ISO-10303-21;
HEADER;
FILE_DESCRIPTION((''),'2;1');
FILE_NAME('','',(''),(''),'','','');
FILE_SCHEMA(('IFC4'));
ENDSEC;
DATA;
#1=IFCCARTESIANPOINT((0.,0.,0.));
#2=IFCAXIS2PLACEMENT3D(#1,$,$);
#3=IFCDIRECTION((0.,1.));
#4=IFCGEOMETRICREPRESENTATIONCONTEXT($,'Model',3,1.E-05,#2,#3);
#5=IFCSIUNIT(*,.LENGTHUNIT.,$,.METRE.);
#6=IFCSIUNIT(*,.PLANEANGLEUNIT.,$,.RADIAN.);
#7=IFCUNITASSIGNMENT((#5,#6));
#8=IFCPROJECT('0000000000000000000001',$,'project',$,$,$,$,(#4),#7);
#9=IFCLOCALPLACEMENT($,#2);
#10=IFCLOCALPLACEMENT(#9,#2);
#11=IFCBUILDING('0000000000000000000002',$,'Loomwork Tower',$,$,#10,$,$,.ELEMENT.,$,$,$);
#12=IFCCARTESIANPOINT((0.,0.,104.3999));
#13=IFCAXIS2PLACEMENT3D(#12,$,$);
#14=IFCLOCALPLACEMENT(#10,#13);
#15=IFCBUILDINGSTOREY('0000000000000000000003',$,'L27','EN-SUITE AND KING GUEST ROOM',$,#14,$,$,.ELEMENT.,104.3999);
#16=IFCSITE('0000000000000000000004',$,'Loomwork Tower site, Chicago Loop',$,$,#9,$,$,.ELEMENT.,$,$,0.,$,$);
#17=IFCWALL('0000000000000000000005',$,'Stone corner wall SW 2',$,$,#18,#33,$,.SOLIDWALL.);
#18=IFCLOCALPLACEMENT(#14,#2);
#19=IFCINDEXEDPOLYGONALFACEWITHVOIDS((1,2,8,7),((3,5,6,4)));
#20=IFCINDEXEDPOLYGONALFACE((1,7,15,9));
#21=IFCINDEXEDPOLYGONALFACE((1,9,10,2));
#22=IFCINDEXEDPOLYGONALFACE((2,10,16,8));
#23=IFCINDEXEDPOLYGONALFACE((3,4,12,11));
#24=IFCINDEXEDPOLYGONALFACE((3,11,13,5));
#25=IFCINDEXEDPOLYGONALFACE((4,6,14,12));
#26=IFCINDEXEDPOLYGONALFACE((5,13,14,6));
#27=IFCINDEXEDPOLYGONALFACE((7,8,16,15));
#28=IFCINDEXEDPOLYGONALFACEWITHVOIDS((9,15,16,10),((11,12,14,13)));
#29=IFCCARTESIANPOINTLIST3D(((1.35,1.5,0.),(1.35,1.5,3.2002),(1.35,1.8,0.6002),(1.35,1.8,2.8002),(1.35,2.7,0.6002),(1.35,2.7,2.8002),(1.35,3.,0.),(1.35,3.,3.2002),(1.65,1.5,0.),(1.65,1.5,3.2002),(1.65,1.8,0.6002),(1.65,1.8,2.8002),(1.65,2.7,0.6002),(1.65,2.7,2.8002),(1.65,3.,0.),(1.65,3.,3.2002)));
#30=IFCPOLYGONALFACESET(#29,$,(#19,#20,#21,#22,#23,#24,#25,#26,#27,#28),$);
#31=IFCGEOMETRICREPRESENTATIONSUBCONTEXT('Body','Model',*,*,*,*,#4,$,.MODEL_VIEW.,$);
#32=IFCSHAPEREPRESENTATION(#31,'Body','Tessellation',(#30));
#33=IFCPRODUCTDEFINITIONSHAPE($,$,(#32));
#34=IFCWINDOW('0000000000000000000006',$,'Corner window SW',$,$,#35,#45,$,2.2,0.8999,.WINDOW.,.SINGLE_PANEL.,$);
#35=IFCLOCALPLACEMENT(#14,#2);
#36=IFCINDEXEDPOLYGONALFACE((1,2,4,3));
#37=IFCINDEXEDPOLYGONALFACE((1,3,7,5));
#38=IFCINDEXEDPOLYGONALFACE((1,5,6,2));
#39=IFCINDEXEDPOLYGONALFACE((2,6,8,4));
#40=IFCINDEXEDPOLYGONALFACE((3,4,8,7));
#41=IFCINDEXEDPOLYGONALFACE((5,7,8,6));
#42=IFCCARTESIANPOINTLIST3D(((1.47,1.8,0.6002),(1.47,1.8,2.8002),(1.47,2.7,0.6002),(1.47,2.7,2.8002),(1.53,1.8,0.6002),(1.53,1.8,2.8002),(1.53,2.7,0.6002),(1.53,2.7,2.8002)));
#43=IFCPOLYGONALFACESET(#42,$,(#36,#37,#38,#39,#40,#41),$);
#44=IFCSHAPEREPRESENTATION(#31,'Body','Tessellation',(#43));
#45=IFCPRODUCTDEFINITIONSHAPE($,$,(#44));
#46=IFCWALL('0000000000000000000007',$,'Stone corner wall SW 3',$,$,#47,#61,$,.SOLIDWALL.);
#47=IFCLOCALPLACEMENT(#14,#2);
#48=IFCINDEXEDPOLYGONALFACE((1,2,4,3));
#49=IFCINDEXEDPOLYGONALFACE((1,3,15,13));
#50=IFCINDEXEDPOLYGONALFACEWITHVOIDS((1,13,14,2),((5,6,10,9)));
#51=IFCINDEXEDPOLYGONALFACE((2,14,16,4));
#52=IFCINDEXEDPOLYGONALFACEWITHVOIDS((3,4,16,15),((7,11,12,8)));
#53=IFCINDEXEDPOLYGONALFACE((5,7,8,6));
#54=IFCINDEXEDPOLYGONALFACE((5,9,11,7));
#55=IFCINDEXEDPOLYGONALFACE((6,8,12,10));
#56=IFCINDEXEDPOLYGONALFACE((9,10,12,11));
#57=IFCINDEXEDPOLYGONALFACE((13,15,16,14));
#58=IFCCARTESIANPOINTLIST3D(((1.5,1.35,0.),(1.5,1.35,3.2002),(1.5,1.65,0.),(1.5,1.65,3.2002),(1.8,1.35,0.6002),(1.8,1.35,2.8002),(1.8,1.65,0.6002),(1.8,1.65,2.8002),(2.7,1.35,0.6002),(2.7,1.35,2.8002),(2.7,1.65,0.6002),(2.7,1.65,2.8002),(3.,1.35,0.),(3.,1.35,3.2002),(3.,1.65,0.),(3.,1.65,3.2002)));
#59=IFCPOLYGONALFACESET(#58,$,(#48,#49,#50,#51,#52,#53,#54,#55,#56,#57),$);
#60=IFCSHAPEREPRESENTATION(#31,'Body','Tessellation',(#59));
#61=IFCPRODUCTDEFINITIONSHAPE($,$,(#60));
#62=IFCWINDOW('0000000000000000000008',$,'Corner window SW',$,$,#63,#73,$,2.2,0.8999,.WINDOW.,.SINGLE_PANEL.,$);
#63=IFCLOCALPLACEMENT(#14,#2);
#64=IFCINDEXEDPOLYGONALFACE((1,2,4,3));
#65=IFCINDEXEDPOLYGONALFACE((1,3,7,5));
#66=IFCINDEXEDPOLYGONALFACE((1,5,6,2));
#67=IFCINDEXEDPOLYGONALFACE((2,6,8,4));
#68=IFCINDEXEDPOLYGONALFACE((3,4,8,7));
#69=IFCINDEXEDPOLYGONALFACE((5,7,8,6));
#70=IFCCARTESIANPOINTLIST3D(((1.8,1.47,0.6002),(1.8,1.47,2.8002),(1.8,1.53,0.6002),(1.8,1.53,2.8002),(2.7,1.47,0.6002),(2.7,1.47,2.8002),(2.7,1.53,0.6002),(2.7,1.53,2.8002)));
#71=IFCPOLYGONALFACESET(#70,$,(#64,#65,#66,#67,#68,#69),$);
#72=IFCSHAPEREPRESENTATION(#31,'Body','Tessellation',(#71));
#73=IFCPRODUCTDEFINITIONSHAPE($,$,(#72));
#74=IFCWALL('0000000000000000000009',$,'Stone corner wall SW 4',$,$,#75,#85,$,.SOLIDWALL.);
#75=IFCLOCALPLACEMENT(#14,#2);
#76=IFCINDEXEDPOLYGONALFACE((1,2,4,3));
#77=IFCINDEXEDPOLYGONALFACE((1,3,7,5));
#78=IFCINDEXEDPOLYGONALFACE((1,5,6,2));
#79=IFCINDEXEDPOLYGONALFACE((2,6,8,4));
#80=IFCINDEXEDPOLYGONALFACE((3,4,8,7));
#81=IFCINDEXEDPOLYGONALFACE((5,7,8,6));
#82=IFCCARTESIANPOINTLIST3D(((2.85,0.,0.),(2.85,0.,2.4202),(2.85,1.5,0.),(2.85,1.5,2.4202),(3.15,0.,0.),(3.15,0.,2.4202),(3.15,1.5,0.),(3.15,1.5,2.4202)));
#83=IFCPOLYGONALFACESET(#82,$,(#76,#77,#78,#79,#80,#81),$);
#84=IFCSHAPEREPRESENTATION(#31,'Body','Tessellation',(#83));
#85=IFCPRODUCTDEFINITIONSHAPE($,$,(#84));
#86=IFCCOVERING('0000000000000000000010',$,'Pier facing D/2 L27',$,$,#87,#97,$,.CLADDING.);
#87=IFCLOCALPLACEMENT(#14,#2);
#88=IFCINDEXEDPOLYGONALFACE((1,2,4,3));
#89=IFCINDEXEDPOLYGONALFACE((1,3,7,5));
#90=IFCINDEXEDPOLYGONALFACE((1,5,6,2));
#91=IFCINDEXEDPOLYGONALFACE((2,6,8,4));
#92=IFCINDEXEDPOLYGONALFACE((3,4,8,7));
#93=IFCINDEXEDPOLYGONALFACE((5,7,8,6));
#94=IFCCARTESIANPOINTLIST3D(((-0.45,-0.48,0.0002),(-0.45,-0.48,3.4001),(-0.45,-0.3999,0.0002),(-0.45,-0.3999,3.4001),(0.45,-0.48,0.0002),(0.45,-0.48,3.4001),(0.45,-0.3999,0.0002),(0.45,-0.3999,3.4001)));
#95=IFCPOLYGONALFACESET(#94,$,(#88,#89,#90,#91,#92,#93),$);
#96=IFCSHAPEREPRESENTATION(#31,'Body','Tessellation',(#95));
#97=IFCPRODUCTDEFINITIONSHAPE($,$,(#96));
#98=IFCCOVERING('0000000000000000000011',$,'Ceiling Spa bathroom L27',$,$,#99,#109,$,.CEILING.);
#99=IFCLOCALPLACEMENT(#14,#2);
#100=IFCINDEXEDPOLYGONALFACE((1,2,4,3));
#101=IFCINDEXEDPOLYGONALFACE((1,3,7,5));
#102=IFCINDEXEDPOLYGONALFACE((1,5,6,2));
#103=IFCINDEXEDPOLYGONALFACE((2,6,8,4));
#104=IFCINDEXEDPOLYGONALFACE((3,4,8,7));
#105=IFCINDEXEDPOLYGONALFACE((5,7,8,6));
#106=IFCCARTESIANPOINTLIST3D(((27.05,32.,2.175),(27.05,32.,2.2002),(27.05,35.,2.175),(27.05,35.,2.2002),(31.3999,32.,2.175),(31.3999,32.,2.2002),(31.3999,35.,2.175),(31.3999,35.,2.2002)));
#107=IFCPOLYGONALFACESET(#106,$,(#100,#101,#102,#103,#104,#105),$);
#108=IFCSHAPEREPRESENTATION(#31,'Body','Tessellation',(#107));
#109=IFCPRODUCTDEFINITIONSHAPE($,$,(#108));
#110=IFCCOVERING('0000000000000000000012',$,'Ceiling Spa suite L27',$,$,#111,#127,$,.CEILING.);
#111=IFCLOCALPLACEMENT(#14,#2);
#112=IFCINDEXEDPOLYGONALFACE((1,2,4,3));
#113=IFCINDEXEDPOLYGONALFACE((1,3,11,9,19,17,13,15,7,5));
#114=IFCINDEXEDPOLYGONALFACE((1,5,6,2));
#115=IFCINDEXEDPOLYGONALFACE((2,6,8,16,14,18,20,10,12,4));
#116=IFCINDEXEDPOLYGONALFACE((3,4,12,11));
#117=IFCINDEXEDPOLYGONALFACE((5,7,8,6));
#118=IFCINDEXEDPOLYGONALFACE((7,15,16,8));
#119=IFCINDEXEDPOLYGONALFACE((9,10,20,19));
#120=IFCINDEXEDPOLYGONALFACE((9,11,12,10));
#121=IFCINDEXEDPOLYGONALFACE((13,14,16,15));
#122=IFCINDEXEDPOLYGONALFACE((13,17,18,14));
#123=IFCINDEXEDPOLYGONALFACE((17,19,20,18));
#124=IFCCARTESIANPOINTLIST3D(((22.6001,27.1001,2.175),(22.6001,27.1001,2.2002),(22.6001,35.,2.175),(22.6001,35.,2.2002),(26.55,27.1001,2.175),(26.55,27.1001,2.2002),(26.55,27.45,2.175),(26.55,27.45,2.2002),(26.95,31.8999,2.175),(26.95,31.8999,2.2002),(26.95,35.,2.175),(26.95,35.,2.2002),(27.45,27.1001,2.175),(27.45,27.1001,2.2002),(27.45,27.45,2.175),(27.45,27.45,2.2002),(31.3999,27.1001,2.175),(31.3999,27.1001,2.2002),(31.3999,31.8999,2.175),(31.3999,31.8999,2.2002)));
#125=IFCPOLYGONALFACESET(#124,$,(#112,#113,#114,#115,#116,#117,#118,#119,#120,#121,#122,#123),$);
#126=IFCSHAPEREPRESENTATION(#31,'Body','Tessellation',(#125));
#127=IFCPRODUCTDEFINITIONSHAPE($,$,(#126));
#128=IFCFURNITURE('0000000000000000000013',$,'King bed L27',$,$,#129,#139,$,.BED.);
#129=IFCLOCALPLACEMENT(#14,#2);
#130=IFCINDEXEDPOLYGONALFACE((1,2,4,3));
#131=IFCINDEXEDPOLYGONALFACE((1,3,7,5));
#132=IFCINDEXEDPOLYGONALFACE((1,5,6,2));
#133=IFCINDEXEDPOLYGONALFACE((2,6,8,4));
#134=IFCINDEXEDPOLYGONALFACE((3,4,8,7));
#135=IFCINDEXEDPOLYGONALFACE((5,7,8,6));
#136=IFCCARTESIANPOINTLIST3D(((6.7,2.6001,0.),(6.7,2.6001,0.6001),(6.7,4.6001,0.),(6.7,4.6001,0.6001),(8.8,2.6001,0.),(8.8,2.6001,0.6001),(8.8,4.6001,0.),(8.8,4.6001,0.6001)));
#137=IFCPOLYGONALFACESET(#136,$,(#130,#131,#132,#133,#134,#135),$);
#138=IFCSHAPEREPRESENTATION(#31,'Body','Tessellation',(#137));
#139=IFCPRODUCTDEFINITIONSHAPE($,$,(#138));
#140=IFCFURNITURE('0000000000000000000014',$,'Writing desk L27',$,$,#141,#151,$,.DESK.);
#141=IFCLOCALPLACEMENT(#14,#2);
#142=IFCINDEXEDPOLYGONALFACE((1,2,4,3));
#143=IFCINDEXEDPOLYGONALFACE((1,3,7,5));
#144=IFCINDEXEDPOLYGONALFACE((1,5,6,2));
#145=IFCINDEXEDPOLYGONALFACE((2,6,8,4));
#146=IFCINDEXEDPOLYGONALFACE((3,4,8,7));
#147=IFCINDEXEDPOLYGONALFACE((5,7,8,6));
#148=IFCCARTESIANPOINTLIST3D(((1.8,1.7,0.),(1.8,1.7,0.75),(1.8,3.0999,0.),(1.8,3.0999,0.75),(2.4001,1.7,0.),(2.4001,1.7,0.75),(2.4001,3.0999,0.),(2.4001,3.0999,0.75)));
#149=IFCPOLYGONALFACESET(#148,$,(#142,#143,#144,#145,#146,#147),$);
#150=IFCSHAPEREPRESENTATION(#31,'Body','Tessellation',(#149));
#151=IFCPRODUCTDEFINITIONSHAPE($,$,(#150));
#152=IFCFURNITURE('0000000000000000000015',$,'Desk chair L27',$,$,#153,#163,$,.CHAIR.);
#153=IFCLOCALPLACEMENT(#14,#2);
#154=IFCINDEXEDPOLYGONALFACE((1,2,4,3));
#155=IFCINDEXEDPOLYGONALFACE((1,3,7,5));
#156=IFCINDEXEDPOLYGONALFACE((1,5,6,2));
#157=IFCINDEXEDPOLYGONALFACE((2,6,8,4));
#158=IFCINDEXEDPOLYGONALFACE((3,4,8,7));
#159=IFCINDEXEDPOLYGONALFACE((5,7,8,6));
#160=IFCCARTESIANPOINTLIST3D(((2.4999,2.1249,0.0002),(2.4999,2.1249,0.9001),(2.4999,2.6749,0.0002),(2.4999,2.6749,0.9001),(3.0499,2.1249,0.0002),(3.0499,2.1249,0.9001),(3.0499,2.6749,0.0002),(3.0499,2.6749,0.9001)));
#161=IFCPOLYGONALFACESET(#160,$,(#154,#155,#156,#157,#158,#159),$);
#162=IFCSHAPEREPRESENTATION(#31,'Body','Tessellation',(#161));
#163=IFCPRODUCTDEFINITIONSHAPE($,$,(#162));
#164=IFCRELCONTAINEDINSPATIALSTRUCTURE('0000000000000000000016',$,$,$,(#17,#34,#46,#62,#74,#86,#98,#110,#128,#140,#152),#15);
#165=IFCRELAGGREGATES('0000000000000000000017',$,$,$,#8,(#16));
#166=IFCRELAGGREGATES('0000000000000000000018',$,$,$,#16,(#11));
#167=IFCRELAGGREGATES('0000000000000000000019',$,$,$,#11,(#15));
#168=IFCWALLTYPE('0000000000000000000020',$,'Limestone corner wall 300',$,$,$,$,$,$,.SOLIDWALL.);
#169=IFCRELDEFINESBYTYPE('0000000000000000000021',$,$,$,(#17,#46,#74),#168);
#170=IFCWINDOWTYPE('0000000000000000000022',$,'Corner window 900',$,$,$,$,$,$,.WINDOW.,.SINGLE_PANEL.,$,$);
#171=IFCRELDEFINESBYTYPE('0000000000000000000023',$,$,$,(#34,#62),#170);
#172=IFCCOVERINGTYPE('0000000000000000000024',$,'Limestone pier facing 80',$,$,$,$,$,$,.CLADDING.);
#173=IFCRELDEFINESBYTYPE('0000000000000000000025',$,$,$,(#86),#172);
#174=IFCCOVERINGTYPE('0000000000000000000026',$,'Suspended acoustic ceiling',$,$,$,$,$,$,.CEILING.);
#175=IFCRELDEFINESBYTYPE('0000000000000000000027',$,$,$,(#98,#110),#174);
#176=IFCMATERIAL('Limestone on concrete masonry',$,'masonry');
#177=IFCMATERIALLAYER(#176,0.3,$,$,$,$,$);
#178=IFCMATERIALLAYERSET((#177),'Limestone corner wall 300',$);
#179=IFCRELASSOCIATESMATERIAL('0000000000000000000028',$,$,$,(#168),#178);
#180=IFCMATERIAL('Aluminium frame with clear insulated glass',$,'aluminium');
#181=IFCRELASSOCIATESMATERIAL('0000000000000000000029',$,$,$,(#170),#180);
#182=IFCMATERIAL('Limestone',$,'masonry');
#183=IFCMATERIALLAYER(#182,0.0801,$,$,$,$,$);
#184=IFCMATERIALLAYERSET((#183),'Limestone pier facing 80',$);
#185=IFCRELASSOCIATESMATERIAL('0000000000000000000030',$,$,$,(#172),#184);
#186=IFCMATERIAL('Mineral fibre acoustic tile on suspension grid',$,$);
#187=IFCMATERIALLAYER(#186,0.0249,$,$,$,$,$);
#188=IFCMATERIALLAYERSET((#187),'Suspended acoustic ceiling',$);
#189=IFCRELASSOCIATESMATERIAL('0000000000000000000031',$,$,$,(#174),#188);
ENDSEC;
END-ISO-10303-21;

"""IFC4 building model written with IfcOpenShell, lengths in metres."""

from ifc_helpers import new_model, si_unit, direction, frame, frame_2d, origin, origin_2d, place, context, subcontext, project, spatial, polyline, rectangle, outline, extrude, material, layer, layer_set, type_object, element, fill, save


model = new_model("IFC4")

# Units and contexts
model_context = context("Model", 3, precision=1e-05, world=origin(), true_north=direction((0.0, 1.0)))
body_context = subcontext(model_context, "Body", "Model", "MODEL_VIEW")
ifc_project = project(units=[si_unit("LENGTHUNIT", "METRE"), si_unit("PLANEANGLEUNIT", "RADIAN")], contexts=[model_context])

# Site, building, storey
site_placement = place(None, origin())
site = spatial("IfcSite", under=ifc_project, at=site_placement, Name="Loomwork Tower site, Chicago Loop", CompositionType="ELEMENT", RefElevation=0.0)
building_placement = place(site_placement, origin())
building = spatial("IfcBuilding", under=site, at=building_placement, Name="Loomwork Tower", CompositionType="ELEMENT")
storey_placement = place(building_placement, frame((0.0, 0.0, 104.3999)))
storey = spatial("IfcBuildingStorey", under=building, at=storey_placement, Name="L27", Description="EN-SUITE AND KING GUEST ROOM", CompositionType="ELEMENT", Elevation=104.3999)

# Shared definitions
ifc_material_1 = material(Name="Limestone on concrete masonry", Category="masonry")
ifc_layer_1 = layer(ifc_material_1, 0.3)
ifc_layer_set_1 = layer_set([ifc_layer_1], Name="Limestone corner wall 300")
wall_type_1 = type_object("IfcWallType", Name="Limestone corner wall 300", PredefinedType="SOLIDWALL", material=ifc_layer_set_1)

# Walls, openings, windows
wall_1_placement = place(storey_placement, frame((1.5, 3.0, 0.0), z_axis=(0.0, 0.0, 1.0), x_axis=(0.0, -1.0, 0.0)))
wall_1 = element("IfcWall", 1, at=wall_1_placement, inside=storey, type_object=wall_type_1, Name="Stone corner wall SW 2", PredefinedType="SOLIDWALL", context=body_context, shape_type="SweptSolid", body=[
    extrude(rectangle(XDim=1.5, YDim=0.3, at=frame_2d((0.75, 0.0))), origin(), (0.0, 0.0, 1.0), 3.2002),
])
opening_1_placement = place(wall_1_placement, frame((0.3, 0.0, 0.6001)))
opening_1 = element("IfcOpeningElement", 2, at=opening_1_placement, cuts=wall_1, PredefinedType="OPENING", context=body_context, shape_type="SweptSolid", body=[
    extrude(rectangle(XDim=0.8999, YDim=2.2, at=frame_2d((0.45, 1.1001))), frame((0.0, 0.1599, 0.0), z_axis=(0.0, -1.0, 0.0), x_axis=(1.0, 0.0, 0.0)), (0.0, 0.0, 1.0), 0.3201),
])
ifc_material_2 = material(Name="Aluminium frame with clear insulated glass", Category="aluminium")
window_type_1 = type_object("IfcWindowType", Name="Corner window 900", PartitioningType="SINGLE_PANEL", PredefinedType="WINDOW", material=ifc_material_2)
window_1_placement = place(opening_1_placement, origin())
window_1 = element("IfcWindow", 3, at=window_1_placement, inside=storey, type_object=window_type_1, Name="Corner window SW", OverallHeight=2.2, OverallWidth=0.8999, PartitioningType="SINGLE_PANEL", PredefinedType="WINDOW", context=body_context, shape_type="SweptSolid", body=[
    extrude(rectangle(XDim=0.8999, YDim=2.2, at=frame_2d((0.45, 1.1001))), frame((0.0, 0.03, 0.0), z_axis=(0.0, -1.0, 0.0), x_axis=(1.0, 0.0, 0.0)), (0.0, 0.0, 1.0), 0.0601),
])
fill(opening_1, window_1)
wall_2_placement = place(storey_placement, frame((1.5, 1.5, 0.0), z_axis=(0.0, 0.0, 1.0), x_axis=(1.0, 0.0, 0.0)))
wall_2 = element("IfcWall", 4, at=wall_2_placement, inside=storey, type_object=wall_type_1, Name="Stone corner wall SW 3", PredefinedType="SOLIDWALL", context=body_context, shape_type="SweptSolid", body=[
    extrude(rectangle(XDim=1.5, YDim=0.3, at=frame_2d((0.75, 0.0))), origin(), (0.0, 0.0, 1.0), 3.2002),
])
opening_2_placement = place(wall_2_placement, frame((0.3, 0.0, 0.6001)))
opening_2 = element("IfcOpeningElement", 5, at=opening_2_placement, cuts=wall_2, PredefinedType="OPENING", context=body_context, shape_type="SweptSolid", body=[
    extrude(rectangle(XDim=0.8999, YDim=2.2, at=frame_2d((0.45, 1.1001))), frame((0.0, 0.1599, 0.0), z_axis=(0.0, -1.0, 0.0), x_axis=(1.0, 0.0, 0.0)), (0.0, 0.0, 1.0), 0.3201),
])
window_2_placement = place(opening_2_placement, origin())
window_2 = element("IfcWindow", 6, at=window_2_placement, inside=storey, type_object=window_type_1, Name="Corner window SW", OverallHeight=2.2, OverallWidth=0.8999, PartitioningType="SINGLE_PANEL", PredefinedType="WINDOW", context=body_context, shape_type="SweptSolid", body=[
    extrude(rectangle(XDim=0.8999, YDim=2.2, at=frame_2d((0.45, 1.1001))), frame((0.0, 0.03, 0.0), z_axis=(0.0, -1.0, 0.0), x_axis=(1.0, 0.0, 0.0)), (0.0, 0.0, 1.0), 0.0601),
])
fill(opening_2, window_2)

# Wall
wall_3_placement = place(storey_placement, frame((3.0, 1.5, 0.0), z_axis=(0.0, 0.0, 1.0), x_axis=(0.0, -1.0, 0.0)))
element("IfcWall", 7, at=wall_3_placement, inside=storey, type_object=wall_type_1, Name="Stone corner wall SW 4", PredefinedType="SOLIDWALL", context=body_context, shape_type="SweptSolid", body=[
    extrude(rectangle(XDim=1.5, YDim=0.3, at=frame_2d((0.75, 0.0))), origin(), (0.0, 0.0, 1.0), 2.4202),
])

# Coverings
ifc_material_3 = material(Name="Limestone", Category="masonry")
ifc_layer_2 = layer(ifc_material_3, 0.0801)
ifc_layer_set_2 = layer_set([ifc_layer_2], Name="Limestone pier facing 80")
covering_type_1 = type_object("IfcCoveringType", Name="Limestone pier facing 80", PredefinedType="CLADDING", material=ifc_layer_set_2)
covering_1_placement = place(storey_placement, frame((0.0, -0.4399, 0.0002), z_axis=(0.0, 0.0, 1.0), x_axis=(1.0, 0.0, 0.0)))
element("IfcCovering", 8, at=covering_1_placement, inside=storey, type_object=covering_type_1, Name="Pier facing D/2 L27", PredefinedType="CLADDING", context=body_context, shape_type="SweptSolid", body=[
    extrude(rectangle(XDim=0.8999, YDim=0.0801, at=origin_2d()), origin(), (0.0, 0.0, 1.0), 3.3999),
])
ifc_material_4 = material(Name="Mineral fibre acoustic tile on suspension grid")
ifc_layer_3 = layer(ifc_material_4, 0.0249)
ifc_layer_set_3 = layer_set([ifc_layer_3], Name="Suspended acoustic ceiling")
covering_type_2 = type_object("IfcCoveringType", Name="Suspended acoustic ceiling", PredefinedType="CEILING", material=ifc_layer_set_3)
covering_2_placement = place(storey_placement, frame((0.0, 0.0, 2.175)))
element("IfcCovering", 9, at=covering_2_placement, inside=storey, type_object=covering_type_2, Name="Ceiling Spa bathroom L27", PredefinedType="CEILING", context=body_context, shape_type="SweptSolid", body=[
    extrude(outline(polyline([(27.05, 35.0), (31.3999, 35.0), (31.3999, 32.0), (27.05, 32.0), (27.05, 35.0)])), origin(), (0.0, 0.0, 1.0), 0.0251),
])
covering_3_placement = place(storey_placement, frame((0.0, 0.0, 2.175)))
element("IfcCovering", 10, at=covering_3_placement, inside=storey, type_object=covering_type_2, Name="Ceiling Spa suite L27", PredefinedType="CEILING", context=body_context, shape_type="SweptSolid", body=[
    extrude(outline(polyline([(22.6001, 35.0), (26.95, 35.0), (26.95, 31.8999), (31.3999, 31.8999), (31.3999, 27.1001), (27.45, 27.1001), (27.45, 27.45), (26.55, 27.45), (26.55, 27.1001), (22.6001, 27.1001), (22.6001, 35.0)])), origin(), (0.0, 0.0, 1.0), 0.0251),
])

# Furniture
furniture_1_placement = place(storey_placement, frame((7.75, 3.6001, 0.0), z_axis=(0.0, 0.0, 1.0), x_axis=(1.0, 0.0, 0.0)))
element("IfcFurniture", 11, at=furniture_1_placement, inside=storey, Name="King bed L27", PredefinedType="BED", context=body_context, shape_type="SweptSolid", body=[
    extrude(rectangle(XDim=2.1001, YDim=2.0, at=origin_2d()), origin(), (0.0, 0.0, 1.0), 0.6001),
])
furniture_2_placement = place(storey_placement, frame((2.1001, 2.3999, 0.0), z_axis=(0.0, 0.0, 1.0), x_axis=(1.0, 0.0, 0.0)))
element("IfcFurniture", 12, at=furniture_2_placement, inside=storey, Name="Writing desk L27", PredefinedType="DESK", context=body_context, shape_type="SweptSolid", body=[
    extrude(rectangle(XDim=0.6001, YDim=1.3999, at=origin_2d()), origin(), (0.0, 0.0, 1.0), 0.75),
])
furniture_3_placement = place(storey_placement, frame((2.7749, 2.3999, 0.0002), z_axis=(0.0, 0.0, 1.0), x_axis=(1.0, 0.0, 0.0)))
element("IfcFurniture", 13, at=furniture_3_placement, inside=storey, Name="Desk chair L27", PredefinedType="CHAIR", context=body_context, shape_type="SweptSolid", body=[
    extrude(rectangle(XDim=0.55, YDim=0.55, at=origin_2d()), origin(), (0.0, 0.0, 1.0), 0.8999),
])

save(model, "model.ifc")
